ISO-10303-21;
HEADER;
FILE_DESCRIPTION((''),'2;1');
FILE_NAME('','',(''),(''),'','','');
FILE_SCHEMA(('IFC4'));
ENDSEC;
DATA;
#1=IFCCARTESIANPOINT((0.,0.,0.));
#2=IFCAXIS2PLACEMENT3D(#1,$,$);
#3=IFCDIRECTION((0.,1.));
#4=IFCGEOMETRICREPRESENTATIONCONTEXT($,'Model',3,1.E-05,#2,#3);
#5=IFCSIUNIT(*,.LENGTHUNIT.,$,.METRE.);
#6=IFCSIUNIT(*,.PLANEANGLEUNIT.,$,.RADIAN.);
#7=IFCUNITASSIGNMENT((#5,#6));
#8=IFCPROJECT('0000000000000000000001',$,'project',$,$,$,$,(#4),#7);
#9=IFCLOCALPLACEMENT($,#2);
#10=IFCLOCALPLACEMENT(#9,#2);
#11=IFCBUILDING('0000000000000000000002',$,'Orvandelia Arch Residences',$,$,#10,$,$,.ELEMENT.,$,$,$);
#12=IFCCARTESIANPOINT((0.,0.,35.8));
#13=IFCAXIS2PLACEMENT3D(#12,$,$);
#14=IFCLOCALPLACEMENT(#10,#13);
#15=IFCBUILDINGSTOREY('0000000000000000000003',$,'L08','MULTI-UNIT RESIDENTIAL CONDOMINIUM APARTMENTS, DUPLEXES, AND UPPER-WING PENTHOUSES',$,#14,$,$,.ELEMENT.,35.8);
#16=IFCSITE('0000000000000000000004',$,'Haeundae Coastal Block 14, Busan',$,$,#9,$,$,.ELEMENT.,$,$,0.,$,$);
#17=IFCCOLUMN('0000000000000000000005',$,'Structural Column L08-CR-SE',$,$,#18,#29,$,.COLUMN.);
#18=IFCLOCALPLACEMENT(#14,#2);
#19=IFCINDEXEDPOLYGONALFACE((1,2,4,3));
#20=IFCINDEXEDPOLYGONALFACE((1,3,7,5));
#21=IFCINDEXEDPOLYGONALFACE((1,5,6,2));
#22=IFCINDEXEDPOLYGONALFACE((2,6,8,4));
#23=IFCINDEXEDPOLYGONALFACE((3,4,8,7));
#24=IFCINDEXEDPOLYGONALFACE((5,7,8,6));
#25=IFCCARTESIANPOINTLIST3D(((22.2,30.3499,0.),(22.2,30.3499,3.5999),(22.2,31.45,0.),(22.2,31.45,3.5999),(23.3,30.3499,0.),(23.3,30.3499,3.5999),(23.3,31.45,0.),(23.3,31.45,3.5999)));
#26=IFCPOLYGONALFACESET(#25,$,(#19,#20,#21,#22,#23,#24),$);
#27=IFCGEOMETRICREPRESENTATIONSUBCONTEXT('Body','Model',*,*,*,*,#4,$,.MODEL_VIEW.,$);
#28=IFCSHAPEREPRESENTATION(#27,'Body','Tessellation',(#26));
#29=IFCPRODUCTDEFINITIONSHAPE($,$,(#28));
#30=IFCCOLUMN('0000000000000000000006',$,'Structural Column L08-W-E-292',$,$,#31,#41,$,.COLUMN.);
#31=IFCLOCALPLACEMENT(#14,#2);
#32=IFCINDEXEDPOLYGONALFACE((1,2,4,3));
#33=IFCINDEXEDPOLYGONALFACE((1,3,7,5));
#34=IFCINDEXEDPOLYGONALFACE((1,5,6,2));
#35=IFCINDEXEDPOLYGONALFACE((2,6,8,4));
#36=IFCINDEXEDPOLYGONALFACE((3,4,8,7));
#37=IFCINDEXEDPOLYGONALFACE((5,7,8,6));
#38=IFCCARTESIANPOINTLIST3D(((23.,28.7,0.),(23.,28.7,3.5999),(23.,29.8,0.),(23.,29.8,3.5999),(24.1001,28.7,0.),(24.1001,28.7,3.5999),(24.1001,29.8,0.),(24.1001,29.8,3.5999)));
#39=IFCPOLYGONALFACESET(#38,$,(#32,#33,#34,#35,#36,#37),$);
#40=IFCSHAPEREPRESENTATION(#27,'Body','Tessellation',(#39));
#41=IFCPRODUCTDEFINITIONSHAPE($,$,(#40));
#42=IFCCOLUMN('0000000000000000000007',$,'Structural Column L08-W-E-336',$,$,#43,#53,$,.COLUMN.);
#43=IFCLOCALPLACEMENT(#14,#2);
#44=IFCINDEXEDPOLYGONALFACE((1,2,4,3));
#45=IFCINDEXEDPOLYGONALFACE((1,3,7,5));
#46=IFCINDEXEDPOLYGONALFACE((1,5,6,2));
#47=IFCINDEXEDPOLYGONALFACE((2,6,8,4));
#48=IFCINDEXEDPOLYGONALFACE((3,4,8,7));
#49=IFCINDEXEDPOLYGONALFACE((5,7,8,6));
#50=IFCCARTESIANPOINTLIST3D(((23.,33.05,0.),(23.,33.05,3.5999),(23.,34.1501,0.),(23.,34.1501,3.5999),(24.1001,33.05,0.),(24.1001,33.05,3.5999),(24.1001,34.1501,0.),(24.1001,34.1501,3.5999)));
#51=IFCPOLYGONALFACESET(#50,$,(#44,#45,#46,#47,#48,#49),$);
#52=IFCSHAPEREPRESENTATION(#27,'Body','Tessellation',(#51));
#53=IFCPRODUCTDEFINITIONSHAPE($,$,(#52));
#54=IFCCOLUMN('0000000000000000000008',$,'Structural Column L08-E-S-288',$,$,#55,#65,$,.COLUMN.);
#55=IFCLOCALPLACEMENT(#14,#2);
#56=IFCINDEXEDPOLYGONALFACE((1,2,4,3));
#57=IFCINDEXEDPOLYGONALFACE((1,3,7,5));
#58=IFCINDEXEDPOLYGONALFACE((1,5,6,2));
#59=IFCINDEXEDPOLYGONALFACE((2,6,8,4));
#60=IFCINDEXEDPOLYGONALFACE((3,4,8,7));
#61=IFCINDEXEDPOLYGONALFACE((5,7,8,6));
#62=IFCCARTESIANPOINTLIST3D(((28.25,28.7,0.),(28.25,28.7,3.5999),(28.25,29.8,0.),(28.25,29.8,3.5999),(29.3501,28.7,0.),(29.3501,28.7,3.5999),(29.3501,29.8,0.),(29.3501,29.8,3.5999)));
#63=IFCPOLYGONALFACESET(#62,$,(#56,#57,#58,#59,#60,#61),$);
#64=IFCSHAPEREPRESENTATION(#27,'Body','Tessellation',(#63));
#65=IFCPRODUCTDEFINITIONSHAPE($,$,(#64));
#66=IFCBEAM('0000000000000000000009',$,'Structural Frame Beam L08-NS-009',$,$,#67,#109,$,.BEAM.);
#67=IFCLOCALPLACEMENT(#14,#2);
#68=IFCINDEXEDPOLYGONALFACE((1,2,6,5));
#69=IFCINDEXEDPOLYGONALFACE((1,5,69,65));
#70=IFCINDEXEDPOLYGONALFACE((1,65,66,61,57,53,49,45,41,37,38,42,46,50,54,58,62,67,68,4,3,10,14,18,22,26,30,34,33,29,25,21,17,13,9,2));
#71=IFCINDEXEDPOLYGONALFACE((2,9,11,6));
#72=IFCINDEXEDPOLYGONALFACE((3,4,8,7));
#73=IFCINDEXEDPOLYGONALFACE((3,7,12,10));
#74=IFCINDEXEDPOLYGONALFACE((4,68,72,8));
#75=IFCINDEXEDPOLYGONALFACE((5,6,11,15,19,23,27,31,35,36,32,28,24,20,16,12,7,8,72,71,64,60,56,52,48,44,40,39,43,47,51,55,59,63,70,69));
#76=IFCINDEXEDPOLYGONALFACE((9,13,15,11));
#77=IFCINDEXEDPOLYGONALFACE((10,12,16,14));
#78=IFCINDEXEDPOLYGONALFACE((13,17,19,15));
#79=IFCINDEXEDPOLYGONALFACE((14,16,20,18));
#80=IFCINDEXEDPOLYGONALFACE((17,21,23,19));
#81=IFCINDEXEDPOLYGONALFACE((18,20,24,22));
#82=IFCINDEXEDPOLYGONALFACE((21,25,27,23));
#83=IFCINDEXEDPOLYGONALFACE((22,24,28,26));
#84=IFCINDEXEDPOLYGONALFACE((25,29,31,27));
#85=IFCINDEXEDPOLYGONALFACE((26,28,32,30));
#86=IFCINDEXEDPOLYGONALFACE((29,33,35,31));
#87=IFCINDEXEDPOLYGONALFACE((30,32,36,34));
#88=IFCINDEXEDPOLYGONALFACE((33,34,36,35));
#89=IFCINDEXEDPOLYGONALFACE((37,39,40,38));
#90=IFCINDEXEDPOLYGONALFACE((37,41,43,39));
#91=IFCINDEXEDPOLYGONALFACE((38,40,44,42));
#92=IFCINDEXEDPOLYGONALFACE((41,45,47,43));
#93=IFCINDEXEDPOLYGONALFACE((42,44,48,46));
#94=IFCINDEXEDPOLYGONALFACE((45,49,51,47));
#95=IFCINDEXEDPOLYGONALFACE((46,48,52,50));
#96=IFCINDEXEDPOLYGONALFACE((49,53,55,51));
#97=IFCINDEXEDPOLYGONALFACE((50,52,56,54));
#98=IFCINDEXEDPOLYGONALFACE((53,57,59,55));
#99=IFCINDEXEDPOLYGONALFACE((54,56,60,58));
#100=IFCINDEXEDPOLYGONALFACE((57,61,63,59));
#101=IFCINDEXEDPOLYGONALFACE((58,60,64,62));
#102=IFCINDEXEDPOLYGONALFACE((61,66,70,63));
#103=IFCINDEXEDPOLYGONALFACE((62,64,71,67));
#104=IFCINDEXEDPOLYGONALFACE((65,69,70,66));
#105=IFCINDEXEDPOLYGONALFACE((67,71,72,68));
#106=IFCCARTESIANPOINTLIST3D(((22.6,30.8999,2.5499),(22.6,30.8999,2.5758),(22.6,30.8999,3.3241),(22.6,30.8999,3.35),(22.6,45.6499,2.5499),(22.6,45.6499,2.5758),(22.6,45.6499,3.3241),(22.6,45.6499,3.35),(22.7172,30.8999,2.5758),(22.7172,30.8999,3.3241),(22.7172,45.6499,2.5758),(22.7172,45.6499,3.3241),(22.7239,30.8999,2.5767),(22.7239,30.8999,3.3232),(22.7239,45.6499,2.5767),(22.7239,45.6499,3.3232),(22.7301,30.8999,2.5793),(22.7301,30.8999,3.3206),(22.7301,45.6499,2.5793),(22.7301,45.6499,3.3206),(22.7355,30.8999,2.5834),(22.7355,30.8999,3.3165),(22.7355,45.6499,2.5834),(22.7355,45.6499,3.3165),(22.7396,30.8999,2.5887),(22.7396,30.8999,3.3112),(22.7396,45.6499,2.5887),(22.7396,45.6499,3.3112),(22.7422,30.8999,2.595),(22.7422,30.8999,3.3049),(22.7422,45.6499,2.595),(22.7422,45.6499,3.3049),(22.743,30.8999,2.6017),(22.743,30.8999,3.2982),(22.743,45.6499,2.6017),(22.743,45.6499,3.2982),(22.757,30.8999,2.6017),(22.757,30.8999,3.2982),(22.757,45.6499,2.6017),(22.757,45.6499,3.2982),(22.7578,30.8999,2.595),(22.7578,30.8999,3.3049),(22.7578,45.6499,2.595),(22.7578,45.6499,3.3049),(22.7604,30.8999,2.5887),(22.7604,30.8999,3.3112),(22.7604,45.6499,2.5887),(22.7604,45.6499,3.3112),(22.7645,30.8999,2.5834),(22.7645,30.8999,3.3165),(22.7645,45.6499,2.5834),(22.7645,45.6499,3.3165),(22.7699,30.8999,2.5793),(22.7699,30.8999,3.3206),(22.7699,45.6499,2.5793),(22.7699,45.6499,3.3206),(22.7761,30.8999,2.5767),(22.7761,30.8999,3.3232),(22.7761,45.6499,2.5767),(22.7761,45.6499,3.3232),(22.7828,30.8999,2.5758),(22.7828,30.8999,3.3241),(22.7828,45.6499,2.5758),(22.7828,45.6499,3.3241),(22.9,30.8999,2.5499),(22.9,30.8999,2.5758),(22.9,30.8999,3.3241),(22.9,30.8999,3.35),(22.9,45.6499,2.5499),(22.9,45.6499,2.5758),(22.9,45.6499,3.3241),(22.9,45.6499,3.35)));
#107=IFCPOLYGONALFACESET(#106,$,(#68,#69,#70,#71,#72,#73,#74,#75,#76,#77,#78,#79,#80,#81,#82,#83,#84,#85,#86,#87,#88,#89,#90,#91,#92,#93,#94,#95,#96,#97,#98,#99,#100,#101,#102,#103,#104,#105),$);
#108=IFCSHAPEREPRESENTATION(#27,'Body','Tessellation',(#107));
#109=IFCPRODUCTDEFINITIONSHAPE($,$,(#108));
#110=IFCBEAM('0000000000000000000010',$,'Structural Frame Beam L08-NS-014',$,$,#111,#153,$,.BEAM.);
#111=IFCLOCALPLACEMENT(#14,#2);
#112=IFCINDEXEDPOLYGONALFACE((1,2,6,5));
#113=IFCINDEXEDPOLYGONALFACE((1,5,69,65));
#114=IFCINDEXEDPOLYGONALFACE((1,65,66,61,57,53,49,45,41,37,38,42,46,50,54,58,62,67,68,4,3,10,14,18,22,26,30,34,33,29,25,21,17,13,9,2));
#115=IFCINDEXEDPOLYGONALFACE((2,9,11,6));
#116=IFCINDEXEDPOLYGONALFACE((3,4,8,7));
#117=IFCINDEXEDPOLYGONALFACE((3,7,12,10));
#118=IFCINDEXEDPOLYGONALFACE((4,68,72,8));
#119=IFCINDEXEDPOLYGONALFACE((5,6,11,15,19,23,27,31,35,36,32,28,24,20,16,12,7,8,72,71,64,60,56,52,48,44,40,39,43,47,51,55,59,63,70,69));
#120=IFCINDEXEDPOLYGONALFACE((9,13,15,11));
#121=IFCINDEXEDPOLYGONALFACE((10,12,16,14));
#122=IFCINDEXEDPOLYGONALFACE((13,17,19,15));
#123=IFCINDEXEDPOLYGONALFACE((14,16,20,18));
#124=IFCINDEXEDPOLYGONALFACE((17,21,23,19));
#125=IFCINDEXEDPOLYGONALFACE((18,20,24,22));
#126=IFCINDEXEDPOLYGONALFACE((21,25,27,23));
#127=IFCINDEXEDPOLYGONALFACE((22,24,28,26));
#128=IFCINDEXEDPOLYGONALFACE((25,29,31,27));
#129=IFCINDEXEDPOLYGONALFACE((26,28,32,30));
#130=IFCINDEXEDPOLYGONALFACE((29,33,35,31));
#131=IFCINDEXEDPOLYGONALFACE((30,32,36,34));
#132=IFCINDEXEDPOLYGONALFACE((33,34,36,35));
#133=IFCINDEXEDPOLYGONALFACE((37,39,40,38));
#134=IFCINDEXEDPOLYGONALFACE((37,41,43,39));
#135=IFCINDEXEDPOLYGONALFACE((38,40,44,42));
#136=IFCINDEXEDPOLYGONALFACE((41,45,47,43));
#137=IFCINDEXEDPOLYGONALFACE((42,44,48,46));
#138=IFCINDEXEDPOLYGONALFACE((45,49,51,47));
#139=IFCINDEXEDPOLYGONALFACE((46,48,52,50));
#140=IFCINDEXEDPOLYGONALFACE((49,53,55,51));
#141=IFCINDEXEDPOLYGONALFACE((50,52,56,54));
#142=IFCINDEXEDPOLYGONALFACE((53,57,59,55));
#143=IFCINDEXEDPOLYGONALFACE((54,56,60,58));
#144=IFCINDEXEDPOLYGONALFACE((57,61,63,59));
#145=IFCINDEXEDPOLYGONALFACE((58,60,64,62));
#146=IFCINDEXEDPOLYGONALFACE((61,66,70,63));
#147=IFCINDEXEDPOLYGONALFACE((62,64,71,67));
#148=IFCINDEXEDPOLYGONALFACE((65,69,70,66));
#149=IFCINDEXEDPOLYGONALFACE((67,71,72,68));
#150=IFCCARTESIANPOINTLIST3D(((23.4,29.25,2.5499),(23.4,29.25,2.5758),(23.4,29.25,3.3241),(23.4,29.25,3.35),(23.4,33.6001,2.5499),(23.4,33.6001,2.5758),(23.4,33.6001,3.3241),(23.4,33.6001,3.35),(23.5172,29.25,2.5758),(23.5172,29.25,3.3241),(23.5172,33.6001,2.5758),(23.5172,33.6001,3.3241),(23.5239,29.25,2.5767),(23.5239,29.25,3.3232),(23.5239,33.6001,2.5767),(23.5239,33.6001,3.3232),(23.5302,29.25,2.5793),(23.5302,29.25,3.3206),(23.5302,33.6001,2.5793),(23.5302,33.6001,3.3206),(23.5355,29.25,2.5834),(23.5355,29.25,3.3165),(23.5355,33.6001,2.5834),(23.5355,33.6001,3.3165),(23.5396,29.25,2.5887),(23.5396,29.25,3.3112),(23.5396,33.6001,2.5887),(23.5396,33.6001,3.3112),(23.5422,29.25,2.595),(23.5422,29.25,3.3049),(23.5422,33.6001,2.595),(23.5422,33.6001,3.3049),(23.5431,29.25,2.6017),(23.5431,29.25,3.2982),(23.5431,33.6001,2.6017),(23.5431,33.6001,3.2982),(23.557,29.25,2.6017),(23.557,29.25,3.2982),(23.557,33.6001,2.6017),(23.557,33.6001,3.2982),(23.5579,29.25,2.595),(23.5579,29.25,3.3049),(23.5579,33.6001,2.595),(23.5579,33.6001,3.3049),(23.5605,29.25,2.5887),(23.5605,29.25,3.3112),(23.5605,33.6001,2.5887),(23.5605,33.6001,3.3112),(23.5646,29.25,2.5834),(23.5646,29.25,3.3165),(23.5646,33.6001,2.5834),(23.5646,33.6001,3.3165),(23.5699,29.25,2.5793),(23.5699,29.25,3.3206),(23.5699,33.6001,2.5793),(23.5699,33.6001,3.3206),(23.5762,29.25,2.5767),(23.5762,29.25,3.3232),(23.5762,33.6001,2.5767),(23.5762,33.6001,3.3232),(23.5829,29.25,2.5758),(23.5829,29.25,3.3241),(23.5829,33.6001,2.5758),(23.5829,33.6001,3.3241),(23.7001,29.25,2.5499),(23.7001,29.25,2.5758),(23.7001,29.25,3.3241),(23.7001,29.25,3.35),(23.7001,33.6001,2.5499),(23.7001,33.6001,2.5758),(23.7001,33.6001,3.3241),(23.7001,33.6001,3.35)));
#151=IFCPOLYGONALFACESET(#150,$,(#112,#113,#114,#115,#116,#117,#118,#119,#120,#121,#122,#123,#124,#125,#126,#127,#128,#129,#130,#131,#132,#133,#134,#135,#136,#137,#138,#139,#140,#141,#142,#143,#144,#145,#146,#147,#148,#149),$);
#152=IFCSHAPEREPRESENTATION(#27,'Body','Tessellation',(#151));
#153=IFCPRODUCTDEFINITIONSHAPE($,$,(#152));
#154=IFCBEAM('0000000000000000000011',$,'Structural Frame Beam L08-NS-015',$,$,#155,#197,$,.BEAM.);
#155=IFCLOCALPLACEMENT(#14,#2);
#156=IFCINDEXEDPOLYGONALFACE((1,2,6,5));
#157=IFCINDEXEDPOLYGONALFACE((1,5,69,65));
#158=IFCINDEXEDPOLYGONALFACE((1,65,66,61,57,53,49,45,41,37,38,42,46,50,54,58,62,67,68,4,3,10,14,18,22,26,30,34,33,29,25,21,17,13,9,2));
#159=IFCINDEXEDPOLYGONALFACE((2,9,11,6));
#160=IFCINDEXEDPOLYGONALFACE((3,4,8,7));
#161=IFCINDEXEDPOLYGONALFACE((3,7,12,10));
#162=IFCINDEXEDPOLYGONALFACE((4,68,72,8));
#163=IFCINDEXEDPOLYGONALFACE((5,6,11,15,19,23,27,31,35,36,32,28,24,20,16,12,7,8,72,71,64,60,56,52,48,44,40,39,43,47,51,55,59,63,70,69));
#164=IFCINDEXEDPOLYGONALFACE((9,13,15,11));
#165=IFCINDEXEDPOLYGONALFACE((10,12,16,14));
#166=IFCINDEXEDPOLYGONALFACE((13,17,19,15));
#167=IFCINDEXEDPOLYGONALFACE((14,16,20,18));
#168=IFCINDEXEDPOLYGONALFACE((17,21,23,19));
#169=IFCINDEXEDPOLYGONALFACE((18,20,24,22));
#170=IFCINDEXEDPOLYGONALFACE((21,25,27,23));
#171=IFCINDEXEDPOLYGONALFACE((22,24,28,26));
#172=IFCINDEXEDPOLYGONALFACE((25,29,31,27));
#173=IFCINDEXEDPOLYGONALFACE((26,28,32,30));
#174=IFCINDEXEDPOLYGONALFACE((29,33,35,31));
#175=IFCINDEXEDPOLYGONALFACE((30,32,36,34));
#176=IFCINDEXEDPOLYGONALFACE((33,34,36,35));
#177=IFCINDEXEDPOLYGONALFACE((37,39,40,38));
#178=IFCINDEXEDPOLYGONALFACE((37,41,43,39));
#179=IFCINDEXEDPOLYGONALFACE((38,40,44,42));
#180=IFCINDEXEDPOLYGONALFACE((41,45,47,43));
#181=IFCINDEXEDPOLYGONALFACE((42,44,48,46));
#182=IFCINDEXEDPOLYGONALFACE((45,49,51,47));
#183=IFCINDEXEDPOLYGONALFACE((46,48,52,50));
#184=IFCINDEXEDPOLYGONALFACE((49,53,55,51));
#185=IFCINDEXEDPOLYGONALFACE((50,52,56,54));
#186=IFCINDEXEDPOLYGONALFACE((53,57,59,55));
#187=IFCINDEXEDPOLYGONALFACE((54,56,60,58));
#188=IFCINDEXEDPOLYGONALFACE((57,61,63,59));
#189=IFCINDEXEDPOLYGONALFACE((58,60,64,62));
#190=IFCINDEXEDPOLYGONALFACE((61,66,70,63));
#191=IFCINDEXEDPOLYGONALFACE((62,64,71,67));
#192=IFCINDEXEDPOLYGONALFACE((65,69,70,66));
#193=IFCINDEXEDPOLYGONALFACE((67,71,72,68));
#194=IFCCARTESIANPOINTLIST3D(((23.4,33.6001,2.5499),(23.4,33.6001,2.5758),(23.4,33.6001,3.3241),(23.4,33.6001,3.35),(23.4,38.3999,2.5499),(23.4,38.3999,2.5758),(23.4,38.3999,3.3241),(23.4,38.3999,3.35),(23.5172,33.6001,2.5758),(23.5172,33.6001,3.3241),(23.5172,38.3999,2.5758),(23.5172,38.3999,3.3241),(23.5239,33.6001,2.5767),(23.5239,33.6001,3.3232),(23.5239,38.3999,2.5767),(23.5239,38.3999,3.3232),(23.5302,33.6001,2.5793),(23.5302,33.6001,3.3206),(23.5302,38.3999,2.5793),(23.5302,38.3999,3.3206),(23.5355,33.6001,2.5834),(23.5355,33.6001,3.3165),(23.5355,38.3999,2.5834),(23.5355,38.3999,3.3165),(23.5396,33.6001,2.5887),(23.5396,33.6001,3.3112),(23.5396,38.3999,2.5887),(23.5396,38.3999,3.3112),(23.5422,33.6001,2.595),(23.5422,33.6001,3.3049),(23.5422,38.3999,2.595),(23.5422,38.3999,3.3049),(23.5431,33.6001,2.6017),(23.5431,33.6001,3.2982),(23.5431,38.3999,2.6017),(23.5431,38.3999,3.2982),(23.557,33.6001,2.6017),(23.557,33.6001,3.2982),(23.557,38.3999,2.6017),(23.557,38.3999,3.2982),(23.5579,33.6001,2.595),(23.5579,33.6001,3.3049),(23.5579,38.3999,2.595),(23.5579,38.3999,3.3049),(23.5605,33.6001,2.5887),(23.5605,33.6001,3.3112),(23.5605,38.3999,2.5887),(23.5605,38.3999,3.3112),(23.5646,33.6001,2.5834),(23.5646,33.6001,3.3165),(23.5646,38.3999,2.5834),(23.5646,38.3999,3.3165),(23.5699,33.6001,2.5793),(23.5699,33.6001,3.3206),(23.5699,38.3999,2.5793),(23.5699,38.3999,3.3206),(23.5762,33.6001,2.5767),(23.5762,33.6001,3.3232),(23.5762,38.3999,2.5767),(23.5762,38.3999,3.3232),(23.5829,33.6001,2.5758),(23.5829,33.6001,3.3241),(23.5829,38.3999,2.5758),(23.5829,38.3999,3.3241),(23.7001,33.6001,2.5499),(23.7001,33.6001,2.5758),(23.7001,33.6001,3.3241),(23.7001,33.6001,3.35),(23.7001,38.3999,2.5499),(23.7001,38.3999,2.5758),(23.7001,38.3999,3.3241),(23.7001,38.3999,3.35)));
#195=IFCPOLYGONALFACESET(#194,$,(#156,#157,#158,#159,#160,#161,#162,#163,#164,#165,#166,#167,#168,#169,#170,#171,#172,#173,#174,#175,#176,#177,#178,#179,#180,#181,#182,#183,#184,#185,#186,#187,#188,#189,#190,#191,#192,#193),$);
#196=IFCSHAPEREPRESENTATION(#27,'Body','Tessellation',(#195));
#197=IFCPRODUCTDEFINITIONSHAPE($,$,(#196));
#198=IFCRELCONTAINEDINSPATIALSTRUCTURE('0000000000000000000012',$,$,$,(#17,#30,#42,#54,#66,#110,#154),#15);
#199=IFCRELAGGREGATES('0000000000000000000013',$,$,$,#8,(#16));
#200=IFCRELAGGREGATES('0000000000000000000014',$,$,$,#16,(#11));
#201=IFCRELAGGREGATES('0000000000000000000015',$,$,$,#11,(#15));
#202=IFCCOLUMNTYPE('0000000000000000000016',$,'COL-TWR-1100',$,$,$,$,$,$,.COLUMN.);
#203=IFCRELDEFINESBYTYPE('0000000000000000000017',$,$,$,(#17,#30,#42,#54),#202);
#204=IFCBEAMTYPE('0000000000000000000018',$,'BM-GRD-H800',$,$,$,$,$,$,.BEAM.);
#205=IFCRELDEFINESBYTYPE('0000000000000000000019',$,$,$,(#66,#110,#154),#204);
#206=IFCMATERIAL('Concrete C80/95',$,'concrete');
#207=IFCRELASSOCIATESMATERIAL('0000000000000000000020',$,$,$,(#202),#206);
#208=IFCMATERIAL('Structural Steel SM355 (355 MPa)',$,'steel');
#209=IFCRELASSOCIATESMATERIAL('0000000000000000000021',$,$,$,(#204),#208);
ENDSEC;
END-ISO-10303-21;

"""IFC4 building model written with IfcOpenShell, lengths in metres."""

from ifc_helpers import new_model, si_unit, direction, frame, origin, origin_2d, place, context, subcontext, project, spatial, rectangle, i_section, extrude, material, material_profile, profile_set, type_object, element, save


model = new_model("IFC4")

# Units and contexts
model_context = context("Model", 3, precision=1e-05, world=origin(), true_north=direction((0.0, 1.0)))
body_context = subcontext(model_context, "Body", "Model", "MODEL_VIEW")
ifc_project = project(units=[si_unit("LENGTHUNIT", "METRE"), si_unit("PLANEANGLEUNIT", "RADIAN")], contexts=[model_context])

# Site, building, storey
site_placement = place(None, origin())
site = spatial("IfcSite", under=ifc_project, at=site_placement, Name="Haeundae Coastal Block 14, Busan", CompositionType="ELEMENT", RefElevation=0.0)
building_placement = place(site_placement, origin())
building = spatial("IfcBuilding", under=site, at=building_placement, Name="Orvandelia Arch Residences", CompositionType="ELEMENT")
storey_placement = place(building_placement, frame((0.0, 0.0, 35.8)))
storey = spatial("IfcBuildingStorey", under=building, at=storey_placement, Name="L08", Description="MULTI-UNIT RESIDENTIAL CONDOMINIUM APARTMENTS, DUPLEXES, AND UPPER-WING PENTHOUSES", CompositionType="ELEMENT", Elevation=35.8)

# Columns
ifc_material_1 = material(Name="Concrete C80/95", Category="concrete")
ifc_material_profile_1 = material_profile(ifc_material_1, rectangle(XDim=1.1001, YDim=1.1001, at=origin_2d()), Name="Concrete C80/95", Category="concrete")
ifc_profile_set_1 = profile_set([ifc_material_profile_1], Name="Concrete C80/95")
column_type = type_object("IfcColumnType", Name="COL-TWR-1100", PredefinedType="COLUMN", material=ifc_profile_set_1)
for number, where, z_axis, x_axis, name in (
    (1, (22.75, 30.8999, 0.0), (0.0, 0.0, 1.0), (1.0, 0.0, 0.0), "Structural Column L08-CR-SE"),
    (2, (23.55, 29.25, 0.0), (0.0, 0.0, 1.0), (1.0, 0.0, 0.0), "Structural Column L08-W-E-292"),
    (3, (23.55, 33.6001, 0.0), (0.0, 0.0, 1.0), (1.0, 0.0, 0.0), "Structural Column L08-W-E-336"),
    (4, (28.8, 29.25, 0.0), (0.0, 0.0, 1.0), (1.0, 0.0, 0.0), "Structural Column L08-E-S-288"),
):
    element("IfcColumn", number, at=place(storey_placement, frame(where, z_axis=z_axis, x_axis=x_axis)), inside=storey, type_object=column_type, Name=name, PredefinedType="COLUMN", context=body_context, shape_type="SweptSolid", body=[
        extrude(rectangle(XDim=1.1001, YDim=1.1001, at=origin_2d()), origin(), (0.0, 0.0, 1.0), 3.5999),
    ])

# Beams
ifc_material_2 = material(Name="Structural Steel SM355 (355 MPa)", Category="steel")
ifc_material_profile_2 = material_profile(ifc_material_2, i_section(OverallWidth=0.3, OverallDepth=0.8, WebThickness=0.0139, FlangeThickness=0.0259, FilletRadius=0.0259, at=origin_2d()), Name="Structural Steel SM355 (355 MPa)", Category="steel")
ifc_profile_set_2 = profile_set([ifc_material_profile_2], Name="Structural Steel SM355 (355 MPa)")
beam_type = type_object("IfcBeamType", Name="BM-GRD-H800", PredefinedType="BEAM", material=ifc_profile_set_2)
beam_1_placement = place(storey_placement, frame((22.75, 30.8999, 2.95), z_axis=(0.0, 1.0, 0.0), x_axis=(-1.0, 0.0, 0.0)))
element("IfcBeam", 5, at=beam_1_placement, inside=storey, type_object=beam_type, Name="Structural Frame Beam L08-NS-009", PredefinedType="BEAM", context=body_context, shape_type="SweptSolid", body=[
    extrude(i_section(OverallWidth=0.3, OverallDepth=0.8, WebThickness=0.0139, FlangeThickness=0.0259, FilletRadius=0.0259, at=origin_2d()), origin(), (0.0, 0.0, 1.0), 14.75),
])
beam_2_placement = place(storey_placement, frame((23.55, 29.25, 2.95), z_axis=(0.0, 1.0, 0.0), x_axis=(-1.0, 0.0, 0.0)))
element("IfcBeam", 6, at=beam_2_placement, inside=storey, type_object=beam_type, Name="Structural Frame Beam L08-NS-014", PredefinedType="BEAM", context=body_context, shape_type="SweptSolid", body=[
    extrude(i_section(OverallWidth=0.3, OverallDepth=0.8, WebThickness=0.0139, FlangeThickness=0.0259, FilletRadius=0.0259, at=origin_2d()), origin(), (0.0, 0.0, 1.0), 4.3501),
])
beam_3_placement = place(storey_placement, frame((23.55, 33.6001, 2.95), z_axis=(0.0, 1.0, 0.0), x_axis=(-1.0, 0.0, 0.0)))
element("IfcBeam", 7, at=beam_3_placement, inside=storey, type_object=beam_type, Name="Structural Frame Beam L08-NS-015", PredefinedType="BEAM", context=body_context, shape_type="SweptSolid", body=[
    extrude(i_section(OverallWidth=0.3, OverallDepth=0.8, WebThickness=0.0139, FlangeThickness=0.0259, FilletRadius=0.0259, at=origin_2d()), origin(), (0.0, 0.0, 1.0), 4.7998),
])

save(model, "model.ifc")
